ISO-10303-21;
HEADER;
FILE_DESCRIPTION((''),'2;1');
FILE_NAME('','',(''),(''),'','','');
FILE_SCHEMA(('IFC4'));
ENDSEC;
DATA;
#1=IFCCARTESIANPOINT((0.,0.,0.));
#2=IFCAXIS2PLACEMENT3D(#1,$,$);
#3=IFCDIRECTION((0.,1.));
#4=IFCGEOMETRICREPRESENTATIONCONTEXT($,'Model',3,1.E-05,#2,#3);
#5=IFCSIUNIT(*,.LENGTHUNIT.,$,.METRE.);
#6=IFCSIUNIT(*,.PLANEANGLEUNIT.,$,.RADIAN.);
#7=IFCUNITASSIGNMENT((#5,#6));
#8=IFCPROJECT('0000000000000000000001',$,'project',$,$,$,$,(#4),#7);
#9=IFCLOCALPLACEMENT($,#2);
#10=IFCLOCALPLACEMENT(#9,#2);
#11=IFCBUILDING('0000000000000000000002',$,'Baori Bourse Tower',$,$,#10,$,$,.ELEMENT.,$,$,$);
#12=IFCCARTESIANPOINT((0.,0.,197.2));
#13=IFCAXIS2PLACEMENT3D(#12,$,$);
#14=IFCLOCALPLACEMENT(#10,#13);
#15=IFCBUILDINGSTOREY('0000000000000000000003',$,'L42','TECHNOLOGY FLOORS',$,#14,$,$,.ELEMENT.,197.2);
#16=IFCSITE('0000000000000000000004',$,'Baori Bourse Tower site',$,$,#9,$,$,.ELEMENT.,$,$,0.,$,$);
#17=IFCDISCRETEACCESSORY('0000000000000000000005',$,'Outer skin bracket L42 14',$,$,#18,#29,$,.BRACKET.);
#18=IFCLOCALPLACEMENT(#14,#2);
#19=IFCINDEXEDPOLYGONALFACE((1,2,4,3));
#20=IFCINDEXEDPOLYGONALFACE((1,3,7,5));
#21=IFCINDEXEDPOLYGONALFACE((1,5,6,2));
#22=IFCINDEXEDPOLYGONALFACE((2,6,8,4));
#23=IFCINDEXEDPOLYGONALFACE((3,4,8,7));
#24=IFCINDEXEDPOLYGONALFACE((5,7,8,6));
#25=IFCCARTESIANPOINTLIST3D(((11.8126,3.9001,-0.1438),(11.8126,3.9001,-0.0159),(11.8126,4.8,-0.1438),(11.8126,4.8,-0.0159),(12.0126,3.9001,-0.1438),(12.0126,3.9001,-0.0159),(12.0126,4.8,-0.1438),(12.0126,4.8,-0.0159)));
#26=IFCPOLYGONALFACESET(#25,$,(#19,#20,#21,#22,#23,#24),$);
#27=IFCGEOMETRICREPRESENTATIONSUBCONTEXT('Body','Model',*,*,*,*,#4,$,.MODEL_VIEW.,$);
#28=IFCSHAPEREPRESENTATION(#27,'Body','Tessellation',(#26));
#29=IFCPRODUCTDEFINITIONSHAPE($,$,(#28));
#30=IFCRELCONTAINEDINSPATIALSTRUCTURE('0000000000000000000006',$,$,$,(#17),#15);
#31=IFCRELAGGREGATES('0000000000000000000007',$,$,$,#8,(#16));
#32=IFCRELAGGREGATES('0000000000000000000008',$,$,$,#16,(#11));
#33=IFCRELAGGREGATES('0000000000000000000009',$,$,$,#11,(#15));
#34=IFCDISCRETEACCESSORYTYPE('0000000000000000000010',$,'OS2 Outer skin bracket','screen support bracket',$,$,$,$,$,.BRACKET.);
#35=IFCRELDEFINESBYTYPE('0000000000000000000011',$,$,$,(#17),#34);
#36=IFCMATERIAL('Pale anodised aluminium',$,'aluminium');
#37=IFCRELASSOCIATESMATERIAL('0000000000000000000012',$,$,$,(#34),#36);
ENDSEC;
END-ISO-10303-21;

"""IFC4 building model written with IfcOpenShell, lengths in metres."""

from ifc_helpers import new_model, si_unit, direction, frame, origin, origin_2d, place, context, subcontext, project, spatial, rectangle, extrude, material, type_object, element, save


model = new_model("IFC4")

# Units and contexts
model_context = context("Model", 3, precision=1e-05, world=origin(), true_north=direction((0.0, 1.0)))
body_context = subcontext(model_context, "Body", "Model", "MODEL_VIEW")
ifc_project = project(units=[si_unit("LENGTHUNIT", "METRE"), si_unit("PLANEANGLEUNIT", "RADIAN")], contexts=[model_context])

# Site, building, storey
site_placement = place(None, origin())
site = spatial("IfcSite", under=ifc_project, at=site_placement, Name="Baori Bourse Tower site", CompositionType="ELEMENT", RefElevation=0.0)
building_placement = place(site_placement, origin())
building = spatial("IfcBuilding", under=site, at=building_placement, Name="Baori Bourse Tower", CompositionType="ELEMENT")
storey_placement = place(building_placement, frame((0.0, 0.0, 197.2)))
storey = spatial("IfcBuildingStorey", under=building, at=storey_placement, Name="L42", Description="TECHNOLOGY FLOORS", CompositionType="ELEMENT", Elevation=197.2)

# Discrete accessory
ifc_material_1 = material(Name="Pale anodised aluminium", Category="aluminium")
discrete_accessory_type = type_object("IfcDiscreteAccessoryType", Name="OS2 Outer skin bracket", Description="screen support bracket", PredefinedType="BRACKET", material=ifc_material_1)
for number, where, z_axis, x_axis, name in (
    (1, (11.9126, 4.3501, -0.1438), (0.0, 0.0, 1.0), (1.0, 0.0, 0.0), "Outer skin bracket L42 14"),
):
    element("IfcDiscreteAccessory", number, at=place(storey_placement, frame(where, z_axis=z_axis, x_axis=x_axis)), inside=storey, type_object=discrete_accessory_type, Name=name, PredefinedType="BRACKET", context=body_context, shape_type="SweptSolid", body=[
        extrude(rectangle(XDim=0.2, YDim=0.8999, at=origin_2d()), origin(), (0.0, 0.0, 1.0), 0.1279),
    ])

save(model, "model.ifc")
